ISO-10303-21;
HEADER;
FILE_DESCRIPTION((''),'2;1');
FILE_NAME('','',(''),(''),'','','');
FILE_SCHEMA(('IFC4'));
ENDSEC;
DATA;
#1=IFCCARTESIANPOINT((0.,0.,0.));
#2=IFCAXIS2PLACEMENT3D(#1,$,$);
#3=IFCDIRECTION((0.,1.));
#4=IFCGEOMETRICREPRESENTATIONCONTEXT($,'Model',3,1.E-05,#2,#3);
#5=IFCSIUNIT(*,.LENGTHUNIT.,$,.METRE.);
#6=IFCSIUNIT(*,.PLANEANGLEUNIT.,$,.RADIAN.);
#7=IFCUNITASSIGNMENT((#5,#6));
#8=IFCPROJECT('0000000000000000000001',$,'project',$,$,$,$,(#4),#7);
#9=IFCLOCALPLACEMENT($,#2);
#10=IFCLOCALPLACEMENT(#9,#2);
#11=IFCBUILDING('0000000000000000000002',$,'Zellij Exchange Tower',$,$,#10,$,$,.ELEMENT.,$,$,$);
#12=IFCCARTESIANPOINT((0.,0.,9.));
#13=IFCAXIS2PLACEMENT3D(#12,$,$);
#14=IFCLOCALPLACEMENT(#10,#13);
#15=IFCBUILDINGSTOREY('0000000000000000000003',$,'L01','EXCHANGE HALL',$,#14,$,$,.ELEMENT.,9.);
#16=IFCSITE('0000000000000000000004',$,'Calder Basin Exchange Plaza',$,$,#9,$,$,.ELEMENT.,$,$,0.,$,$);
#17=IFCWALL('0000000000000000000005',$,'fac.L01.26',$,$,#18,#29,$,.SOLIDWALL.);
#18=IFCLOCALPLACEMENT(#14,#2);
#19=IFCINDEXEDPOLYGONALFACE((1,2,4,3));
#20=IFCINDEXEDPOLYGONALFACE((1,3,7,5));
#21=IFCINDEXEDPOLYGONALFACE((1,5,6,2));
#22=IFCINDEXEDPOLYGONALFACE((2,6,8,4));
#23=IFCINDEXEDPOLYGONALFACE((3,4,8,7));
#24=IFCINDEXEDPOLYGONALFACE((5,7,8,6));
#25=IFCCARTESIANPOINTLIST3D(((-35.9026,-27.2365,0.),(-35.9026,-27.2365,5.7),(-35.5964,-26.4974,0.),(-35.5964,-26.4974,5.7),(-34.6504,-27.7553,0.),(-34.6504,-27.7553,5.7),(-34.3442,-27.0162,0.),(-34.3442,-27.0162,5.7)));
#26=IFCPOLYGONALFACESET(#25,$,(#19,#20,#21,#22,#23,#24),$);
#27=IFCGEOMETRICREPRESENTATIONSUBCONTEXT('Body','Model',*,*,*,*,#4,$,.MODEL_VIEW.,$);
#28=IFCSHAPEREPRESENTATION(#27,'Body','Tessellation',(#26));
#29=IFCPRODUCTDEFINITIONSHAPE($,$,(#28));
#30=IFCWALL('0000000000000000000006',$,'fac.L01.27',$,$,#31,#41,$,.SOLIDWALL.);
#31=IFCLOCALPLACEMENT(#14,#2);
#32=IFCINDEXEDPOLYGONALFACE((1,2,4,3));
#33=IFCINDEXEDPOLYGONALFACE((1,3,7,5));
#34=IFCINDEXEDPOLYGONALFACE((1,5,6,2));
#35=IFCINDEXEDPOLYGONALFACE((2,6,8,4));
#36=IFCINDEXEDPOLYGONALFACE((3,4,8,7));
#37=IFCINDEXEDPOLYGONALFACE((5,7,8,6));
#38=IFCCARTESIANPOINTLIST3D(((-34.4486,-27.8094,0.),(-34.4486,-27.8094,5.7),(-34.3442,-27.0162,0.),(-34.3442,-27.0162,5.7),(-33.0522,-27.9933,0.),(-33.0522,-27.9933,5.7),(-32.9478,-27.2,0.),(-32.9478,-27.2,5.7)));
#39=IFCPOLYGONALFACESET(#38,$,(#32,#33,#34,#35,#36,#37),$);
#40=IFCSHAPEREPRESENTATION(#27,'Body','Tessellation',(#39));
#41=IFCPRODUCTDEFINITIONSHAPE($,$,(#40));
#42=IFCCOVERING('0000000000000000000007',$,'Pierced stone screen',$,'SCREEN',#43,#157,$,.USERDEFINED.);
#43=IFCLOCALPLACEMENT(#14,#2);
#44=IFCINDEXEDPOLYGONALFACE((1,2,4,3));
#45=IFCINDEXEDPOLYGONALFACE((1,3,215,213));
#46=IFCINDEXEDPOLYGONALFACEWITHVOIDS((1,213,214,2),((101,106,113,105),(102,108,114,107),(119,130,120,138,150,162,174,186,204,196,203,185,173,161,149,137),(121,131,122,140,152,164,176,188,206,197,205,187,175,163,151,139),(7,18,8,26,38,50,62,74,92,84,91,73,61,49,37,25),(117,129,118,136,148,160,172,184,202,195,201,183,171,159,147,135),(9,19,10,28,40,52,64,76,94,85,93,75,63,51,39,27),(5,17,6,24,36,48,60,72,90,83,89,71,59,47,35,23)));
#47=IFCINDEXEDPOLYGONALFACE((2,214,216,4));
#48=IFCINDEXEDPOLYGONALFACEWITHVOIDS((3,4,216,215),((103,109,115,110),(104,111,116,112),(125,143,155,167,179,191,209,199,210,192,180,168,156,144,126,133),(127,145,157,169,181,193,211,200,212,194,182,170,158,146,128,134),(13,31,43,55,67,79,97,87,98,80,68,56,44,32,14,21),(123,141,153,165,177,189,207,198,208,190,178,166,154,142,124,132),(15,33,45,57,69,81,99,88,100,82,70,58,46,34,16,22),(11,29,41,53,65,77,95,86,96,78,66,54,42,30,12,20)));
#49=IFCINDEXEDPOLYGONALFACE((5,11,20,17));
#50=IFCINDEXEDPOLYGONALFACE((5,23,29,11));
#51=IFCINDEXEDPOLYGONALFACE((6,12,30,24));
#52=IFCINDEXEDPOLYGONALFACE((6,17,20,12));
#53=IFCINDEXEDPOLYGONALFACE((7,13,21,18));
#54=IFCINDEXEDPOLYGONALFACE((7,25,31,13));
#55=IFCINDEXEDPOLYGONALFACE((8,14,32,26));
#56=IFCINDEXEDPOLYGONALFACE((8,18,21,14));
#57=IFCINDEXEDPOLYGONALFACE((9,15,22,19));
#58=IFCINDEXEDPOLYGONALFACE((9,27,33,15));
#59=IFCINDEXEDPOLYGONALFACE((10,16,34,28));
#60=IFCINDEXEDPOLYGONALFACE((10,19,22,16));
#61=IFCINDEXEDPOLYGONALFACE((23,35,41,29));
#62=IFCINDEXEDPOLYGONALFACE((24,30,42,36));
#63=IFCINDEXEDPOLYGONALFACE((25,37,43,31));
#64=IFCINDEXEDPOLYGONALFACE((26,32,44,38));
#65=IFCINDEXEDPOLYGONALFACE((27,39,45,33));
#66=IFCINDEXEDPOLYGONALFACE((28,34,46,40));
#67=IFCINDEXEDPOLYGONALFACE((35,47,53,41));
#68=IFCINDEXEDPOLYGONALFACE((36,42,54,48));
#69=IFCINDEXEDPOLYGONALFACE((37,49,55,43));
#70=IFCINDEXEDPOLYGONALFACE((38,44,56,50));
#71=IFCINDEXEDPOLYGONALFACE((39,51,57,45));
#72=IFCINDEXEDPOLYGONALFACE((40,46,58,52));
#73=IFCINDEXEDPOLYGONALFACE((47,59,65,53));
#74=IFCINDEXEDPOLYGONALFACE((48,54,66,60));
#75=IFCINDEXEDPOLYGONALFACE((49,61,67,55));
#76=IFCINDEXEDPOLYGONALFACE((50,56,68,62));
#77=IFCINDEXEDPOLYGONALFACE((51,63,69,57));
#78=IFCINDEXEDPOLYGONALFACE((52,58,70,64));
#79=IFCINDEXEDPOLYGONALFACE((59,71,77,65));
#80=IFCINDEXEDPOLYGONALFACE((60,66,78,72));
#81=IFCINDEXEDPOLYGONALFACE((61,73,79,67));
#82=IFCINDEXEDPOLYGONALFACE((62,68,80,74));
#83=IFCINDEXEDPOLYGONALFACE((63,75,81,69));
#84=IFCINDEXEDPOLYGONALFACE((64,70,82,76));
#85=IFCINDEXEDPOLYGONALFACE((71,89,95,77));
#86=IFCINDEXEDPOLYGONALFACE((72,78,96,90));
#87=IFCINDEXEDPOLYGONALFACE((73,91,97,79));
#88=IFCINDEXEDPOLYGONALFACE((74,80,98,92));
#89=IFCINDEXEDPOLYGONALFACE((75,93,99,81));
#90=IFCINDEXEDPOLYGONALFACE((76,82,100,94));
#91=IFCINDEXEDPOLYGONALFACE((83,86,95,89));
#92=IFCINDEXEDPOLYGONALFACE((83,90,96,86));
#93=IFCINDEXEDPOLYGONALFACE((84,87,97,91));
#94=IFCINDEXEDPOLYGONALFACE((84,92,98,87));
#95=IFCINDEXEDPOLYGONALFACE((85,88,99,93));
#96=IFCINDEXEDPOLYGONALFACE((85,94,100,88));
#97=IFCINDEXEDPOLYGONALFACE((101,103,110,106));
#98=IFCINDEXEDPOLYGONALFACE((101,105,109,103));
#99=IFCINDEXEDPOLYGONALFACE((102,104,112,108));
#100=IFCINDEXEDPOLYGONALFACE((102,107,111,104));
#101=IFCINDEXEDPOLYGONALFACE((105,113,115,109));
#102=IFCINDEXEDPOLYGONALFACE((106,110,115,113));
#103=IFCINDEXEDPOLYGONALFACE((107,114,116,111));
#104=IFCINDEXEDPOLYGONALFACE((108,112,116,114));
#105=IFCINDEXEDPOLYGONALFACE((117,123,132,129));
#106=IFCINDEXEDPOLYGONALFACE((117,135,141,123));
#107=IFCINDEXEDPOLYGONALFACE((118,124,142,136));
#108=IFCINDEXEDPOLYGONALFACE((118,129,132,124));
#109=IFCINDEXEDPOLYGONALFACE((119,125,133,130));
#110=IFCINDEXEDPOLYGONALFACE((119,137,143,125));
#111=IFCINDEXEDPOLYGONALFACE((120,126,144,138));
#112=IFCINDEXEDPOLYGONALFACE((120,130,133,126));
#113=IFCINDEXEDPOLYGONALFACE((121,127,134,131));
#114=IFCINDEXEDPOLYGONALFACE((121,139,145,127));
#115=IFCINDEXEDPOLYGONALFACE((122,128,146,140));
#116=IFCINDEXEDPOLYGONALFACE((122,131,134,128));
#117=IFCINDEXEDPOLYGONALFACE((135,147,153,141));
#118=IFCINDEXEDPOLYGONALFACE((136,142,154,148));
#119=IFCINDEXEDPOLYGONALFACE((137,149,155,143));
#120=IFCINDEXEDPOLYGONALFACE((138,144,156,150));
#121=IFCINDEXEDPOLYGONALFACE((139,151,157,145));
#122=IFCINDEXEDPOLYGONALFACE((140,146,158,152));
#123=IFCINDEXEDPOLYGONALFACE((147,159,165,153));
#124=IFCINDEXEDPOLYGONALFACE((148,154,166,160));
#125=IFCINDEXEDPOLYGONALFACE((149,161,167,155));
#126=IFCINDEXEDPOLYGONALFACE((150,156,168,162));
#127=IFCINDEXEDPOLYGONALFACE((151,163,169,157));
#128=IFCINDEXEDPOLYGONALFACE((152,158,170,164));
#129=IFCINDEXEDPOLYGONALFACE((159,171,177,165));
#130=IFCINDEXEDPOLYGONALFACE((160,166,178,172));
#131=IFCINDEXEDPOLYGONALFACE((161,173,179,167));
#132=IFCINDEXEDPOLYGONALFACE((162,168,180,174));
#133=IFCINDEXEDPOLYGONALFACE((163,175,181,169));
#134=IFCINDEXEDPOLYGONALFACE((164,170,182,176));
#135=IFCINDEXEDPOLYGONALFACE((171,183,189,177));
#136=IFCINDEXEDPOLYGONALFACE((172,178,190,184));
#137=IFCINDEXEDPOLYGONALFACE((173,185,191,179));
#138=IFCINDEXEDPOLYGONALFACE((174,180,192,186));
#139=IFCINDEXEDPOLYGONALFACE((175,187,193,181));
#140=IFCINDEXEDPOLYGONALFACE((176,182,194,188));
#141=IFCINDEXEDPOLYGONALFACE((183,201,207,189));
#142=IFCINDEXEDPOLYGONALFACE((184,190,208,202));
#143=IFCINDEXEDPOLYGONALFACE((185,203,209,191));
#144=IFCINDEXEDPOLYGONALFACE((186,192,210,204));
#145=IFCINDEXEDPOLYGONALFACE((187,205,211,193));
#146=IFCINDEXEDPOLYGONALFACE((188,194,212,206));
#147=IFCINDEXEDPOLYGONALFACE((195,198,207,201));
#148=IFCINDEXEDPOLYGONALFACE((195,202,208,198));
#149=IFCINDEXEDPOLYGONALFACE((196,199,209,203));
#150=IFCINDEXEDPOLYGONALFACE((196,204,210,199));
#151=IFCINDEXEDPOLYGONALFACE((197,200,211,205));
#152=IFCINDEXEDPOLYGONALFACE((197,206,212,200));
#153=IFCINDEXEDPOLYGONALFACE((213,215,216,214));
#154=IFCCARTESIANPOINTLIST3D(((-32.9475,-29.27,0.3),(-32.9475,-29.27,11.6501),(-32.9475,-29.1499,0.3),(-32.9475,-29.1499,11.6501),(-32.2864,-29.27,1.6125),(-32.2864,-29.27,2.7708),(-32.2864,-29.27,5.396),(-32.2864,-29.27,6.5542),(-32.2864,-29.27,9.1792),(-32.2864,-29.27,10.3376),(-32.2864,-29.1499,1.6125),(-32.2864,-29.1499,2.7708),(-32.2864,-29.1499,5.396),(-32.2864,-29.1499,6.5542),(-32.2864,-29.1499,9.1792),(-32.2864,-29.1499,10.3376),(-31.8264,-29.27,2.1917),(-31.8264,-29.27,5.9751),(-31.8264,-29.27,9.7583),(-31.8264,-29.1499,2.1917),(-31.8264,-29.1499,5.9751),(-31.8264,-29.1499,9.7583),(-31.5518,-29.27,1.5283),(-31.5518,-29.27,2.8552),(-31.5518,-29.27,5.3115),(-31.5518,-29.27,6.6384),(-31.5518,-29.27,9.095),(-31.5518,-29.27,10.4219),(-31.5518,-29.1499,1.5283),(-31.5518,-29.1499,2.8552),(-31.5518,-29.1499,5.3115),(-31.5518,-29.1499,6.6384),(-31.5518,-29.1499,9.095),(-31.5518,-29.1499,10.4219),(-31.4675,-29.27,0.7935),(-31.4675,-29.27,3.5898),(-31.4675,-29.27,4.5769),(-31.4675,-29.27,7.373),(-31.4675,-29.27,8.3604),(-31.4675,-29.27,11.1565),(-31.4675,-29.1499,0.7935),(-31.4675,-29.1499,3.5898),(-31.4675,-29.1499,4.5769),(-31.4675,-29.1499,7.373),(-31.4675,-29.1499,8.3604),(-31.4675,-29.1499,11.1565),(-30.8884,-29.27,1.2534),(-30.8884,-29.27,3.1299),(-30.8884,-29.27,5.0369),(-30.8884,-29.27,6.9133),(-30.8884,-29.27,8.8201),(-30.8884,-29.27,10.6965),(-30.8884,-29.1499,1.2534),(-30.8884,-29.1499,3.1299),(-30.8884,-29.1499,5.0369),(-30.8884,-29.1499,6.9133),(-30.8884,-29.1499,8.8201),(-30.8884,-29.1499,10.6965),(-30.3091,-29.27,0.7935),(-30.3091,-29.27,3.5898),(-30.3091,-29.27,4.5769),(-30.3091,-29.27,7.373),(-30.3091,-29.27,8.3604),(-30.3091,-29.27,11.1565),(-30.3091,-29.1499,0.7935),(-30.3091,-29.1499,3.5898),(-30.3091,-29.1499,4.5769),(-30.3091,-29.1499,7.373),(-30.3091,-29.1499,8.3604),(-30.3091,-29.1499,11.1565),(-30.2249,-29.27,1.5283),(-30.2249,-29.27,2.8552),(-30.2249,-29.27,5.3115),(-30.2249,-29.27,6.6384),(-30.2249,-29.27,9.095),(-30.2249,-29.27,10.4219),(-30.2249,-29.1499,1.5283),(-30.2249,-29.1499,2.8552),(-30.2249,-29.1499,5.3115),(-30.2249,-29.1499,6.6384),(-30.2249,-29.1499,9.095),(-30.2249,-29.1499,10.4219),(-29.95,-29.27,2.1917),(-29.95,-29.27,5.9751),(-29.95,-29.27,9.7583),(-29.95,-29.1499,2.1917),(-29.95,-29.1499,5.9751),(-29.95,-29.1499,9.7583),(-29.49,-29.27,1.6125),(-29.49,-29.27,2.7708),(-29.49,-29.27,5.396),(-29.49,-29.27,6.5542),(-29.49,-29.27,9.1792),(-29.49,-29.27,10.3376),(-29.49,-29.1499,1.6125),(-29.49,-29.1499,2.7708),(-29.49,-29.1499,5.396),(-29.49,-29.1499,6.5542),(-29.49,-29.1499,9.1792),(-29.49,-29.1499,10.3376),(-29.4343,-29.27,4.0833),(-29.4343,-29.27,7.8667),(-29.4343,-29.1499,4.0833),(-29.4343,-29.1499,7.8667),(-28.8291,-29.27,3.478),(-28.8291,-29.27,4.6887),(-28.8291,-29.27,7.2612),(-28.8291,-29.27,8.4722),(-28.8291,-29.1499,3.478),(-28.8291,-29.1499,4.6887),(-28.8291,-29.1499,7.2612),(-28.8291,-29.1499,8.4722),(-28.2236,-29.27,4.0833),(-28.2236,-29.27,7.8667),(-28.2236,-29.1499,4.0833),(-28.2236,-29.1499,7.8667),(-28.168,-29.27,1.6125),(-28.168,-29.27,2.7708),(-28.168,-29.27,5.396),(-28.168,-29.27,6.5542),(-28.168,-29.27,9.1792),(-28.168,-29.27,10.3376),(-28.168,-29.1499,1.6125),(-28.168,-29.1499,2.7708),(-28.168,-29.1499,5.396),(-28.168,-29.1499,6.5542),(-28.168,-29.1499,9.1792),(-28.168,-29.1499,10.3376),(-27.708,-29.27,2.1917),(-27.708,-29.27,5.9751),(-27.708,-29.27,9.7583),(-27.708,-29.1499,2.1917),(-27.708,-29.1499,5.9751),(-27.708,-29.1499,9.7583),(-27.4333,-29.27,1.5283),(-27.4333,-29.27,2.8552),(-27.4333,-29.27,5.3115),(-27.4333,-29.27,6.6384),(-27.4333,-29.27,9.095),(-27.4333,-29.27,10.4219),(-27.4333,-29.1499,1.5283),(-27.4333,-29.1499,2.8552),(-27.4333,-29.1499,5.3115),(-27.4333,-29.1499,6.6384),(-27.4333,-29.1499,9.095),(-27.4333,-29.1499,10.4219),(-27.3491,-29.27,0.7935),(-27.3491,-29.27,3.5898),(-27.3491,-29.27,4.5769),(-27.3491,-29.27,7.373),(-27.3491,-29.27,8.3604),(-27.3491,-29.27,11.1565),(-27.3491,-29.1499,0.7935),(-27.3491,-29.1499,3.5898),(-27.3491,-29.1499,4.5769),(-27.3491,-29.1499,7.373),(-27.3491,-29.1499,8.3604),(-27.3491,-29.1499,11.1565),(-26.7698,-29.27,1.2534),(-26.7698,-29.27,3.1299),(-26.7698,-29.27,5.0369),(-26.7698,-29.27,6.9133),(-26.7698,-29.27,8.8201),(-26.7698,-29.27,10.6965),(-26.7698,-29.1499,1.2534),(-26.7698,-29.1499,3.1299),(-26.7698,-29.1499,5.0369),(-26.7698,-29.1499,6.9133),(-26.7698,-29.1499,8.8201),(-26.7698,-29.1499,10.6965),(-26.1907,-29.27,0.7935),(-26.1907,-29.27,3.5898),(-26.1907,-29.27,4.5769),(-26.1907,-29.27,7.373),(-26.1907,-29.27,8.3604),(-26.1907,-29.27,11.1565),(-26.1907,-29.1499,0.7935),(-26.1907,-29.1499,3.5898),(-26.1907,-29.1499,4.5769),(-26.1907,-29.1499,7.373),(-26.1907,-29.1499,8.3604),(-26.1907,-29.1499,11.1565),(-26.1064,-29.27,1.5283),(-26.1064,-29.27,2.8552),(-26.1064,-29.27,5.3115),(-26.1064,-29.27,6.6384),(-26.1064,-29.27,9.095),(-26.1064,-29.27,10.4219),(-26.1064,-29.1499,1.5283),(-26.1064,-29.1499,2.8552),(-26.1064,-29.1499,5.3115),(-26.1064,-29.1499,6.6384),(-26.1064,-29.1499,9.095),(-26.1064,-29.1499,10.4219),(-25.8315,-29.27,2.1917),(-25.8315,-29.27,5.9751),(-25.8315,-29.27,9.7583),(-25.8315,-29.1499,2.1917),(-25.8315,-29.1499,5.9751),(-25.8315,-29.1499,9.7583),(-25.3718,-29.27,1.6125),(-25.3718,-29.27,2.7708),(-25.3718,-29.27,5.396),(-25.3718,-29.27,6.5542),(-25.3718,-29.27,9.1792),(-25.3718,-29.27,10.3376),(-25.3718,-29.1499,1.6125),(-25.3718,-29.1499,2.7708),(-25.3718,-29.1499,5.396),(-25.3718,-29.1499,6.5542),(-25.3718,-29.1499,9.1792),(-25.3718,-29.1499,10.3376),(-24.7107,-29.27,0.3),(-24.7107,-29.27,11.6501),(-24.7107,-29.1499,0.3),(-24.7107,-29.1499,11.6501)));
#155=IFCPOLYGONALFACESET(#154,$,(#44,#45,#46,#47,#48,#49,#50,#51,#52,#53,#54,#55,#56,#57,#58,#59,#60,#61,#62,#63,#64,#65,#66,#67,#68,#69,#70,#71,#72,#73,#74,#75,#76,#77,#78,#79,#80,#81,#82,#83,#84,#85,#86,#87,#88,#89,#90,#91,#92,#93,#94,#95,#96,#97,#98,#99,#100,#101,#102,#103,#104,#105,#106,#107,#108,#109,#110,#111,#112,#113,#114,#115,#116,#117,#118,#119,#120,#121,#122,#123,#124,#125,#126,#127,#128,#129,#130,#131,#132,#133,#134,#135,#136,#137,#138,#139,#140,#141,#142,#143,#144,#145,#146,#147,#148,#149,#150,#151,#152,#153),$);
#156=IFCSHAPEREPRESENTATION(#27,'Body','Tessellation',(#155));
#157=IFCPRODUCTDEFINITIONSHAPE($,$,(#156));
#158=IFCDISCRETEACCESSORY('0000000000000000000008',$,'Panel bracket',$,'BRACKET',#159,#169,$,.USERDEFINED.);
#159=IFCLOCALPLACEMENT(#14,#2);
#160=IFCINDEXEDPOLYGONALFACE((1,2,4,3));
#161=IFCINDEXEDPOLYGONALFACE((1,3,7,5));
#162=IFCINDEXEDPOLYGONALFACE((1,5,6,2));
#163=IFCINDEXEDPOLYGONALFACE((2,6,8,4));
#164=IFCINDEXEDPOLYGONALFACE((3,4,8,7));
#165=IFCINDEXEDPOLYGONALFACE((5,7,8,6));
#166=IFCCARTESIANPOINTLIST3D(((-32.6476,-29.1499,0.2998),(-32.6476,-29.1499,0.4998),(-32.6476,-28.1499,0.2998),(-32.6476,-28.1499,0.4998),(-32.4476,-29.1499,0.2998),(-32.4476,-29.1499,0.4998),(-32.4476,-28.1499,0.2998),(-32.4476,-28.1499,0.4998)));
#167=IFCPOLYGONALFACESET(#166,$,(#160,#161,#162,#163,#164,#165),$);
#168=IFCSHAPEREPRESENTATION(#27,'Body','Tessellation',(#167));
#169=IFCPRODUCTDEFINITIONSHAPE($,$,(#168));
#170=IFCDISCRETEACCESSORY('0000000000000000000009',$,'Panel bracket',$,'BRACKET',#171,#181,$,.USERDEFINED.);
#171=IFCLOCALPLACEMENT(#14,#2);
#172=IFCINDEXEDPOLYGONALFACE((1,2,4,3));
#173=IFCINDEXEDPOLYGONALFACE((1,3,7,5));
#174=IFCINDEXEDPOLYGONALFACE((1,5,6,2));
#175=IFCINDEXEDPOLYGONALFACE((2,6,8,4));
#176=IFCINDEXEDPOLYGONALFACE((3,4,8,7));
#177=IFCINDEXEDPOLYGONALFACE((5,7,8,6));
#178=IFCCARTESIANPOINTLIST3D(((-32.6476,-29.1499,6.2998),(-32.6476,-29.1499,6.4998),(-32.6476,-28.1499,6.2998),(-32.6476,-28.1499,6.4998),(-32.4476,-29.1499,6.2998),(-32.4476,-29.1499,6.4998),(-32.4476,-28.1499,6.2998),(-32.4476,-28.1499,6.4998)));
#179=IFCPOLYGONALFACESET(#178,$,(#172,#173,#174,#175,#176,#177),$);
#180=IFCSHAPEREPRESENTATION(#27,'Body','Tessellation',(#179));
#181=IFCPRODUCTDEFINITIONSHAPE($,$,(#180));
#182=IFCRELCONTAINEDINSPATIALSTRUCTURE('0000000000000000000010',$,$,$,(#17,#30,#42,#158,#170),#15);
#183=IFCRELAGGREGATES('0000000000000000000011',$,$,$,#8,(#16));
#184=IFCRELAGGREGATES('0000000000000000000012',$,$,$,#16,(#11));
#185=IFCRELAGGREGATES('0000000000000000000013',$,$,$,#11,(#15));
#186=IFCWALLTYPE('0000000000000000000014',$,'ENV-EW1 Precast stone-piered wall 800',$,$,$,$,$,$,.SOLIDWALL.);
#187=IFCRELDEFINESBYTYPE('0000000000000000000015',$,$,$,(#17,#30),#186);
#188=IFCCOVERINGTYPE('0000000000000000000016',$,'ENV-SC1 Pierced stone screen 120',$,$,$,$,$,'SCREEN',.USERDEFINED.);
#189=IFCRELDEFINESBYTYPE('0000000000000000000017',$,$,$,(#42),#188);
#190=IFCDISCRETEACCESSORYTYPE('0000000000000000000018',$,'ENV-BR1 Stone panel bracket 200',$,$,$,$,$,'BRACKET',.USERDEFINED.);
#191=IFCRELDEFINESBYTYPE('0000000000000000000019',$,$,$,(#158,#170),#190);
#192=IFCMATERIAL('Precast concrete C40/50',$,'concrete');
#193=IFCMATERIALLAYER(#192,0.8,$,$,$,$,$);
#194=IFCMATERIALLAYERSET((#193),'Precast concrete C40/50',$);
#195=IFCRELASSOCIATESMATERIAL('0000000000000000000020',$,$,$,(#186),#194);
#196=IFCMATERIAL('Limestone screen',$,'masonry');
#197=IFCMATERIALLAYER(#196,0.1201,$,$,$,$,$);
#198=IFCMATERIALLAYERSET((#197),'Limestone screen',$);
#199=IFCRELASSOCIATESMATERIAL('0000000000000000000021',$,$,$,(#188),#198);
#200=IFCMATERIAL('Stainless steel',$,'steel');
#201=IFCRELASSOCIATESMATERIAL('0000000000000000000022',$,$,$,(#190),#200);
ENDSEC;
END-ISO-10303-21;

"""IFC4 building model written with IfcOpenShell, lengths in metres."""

from ifc_helpers import new_model, si_unit, direction, frame, frame_2d, origin, origin_2d, place, context, subcontext, project, spatial, polyline, rectangle, outline, extrude, material, layer, layer_set, type_object, element, save


model = new_model("IFC4")

# Units and contexts
model_context = context("Model", 3, precision=1e-05, world=origin(), true_north=direction((0.0, 1.0)))
body_context = subcontext(model_context, "Body", "Model", "MODEL_VIEW")
ifc_project = project(units=[si_unit("LENGTHUNIT", "METRE"), si_unit("PLANEANGLEUNIT", "RADIAN")], contexts=[model_context])

# Site, building, storey
site_placement = place(None, origin())
site = spatial("IfcSite", under=ifc_project, at=site_placement, Name="Calder Basin Exchange Plaza", CompositionType="ELEMENT", RefElevation=0.0)
building_placement = place(site_placement, origin())
building = spatial("IfcBuilding", under=site, at=building_placement, Name="Zellij Exchange Tower", CompositionType="ELEMENT")
storey_placement = place(building_placement, frame((0.0, 0.0, 9.0)))
storey = spatial("IfcBuildingStorey", under=building, at=storey_placement, Name="L01", Description="EXCHANGE HALL", CompositionType="ELEMENT", Elevation=9.0)

# Shared definitions
ifc_material_1 = material(Name="Precast concrete C40/50", Category="concrete")
ifc_layer_1 = layer(ifc_material_1, 0.8)
ifc_layer_set_1 = layer_set([ifc_layer_1], Name="Precast concrete C40/50")
wall_type = type_object("IfcWallType", Name="ENV-EW1 Precast stone-piered wall 800", PredefinedType="SOLIDWALL", material=ifc_layer_set_1)

# Walls
wall_1_placement = place(storey_placement, frame((-35.7495, -26.8669, 0.0), z_axis=(0.0, 0.0, 1.0), x_axis=(0.923848, -0.38276, 0.0)))
element("IfcWall", 1, at=wall_1_placement, inside=storey, type_object=wall_type, Name="fac.L01.26", PredefinedType="SOLIDWALL", context=body_context, shape_type="SweptSolid", body=[
    extrude(rectangle(XDim=1.3555, YDim=0.8, at=frame_2d((0.6777, 0.0))), origin(), (0.0, 0.0, 1.0), 5.7),
])
wall_2_placement = place(storey_placement, frame((-34.3962, -27.4128, 0.0), z_axis=(0.0, 0.0, 1.0), x_axis=(0.991446, -0.130517, 0.0)))
element("IfcWall", 2, at=wall_2_placement, inside=storey, type_object=wall_type, Name="fac.L01.27", PredefinedType="SOLIDWALL", context=body_context, shape_type="SweptSolid", body=[
    extrude(rectangle(XDim=1.4084, YDim=0.8, at=frame_2d((0.7041, 0.0))), origin(), (0.0, 0.0, 1.0), 5.7),
])

# Covering
ifc_material_2 = material(Name="Limestone screen", Category="masonry")
ifc_layer_2 = layer(ifc_material_2, 0.1201)
ifc_layer_set_2 = layer_set([ifc_layer_2], Name="Limestone screen")
covering_type = type_object("IfcCoveringType", Name="ENV-SC1 Pierced stone screen 120", ElementType="SCREEN", PredefinedType="USERDEFINED", material=ifc_layer_set_2)
covering_placement = place(storey_placement, frame((-32.9475, -29.21, 0.3), z_axis=(0.0, 0.0, 1.0), x_axis=(1.0, 0.0, 0.0)))
element("IfcCovering", 3, at=covering_placement, inside=storey, type_object=covering_type, Name="Pierced stone screen", ObjectType="SCREEN", PredefinedType="USERDEFINED", context=body_context, shape_type="SweptSolid", body=[
    extrude(outline(polyline([(0.0, 0.0), (8.2368, 0.0), (8.2368, 11.3501), (0.0, 11.3501), (0.0, 0.0)]), holes=[polyline([(3.4575, 2.4707), (2.7227, 2.5552), (2.6384, 3.2898), (2.0591, 2.8298), (1.48, 3.2898), (1.3958, 2.5552), (0.6611, 2.4707), (1.1211, 1.8916), (0.6611, 1.3125), (1.3958, 1.2283), (1.48, 0.4934), (2.0591, 0.9534), (2.6384, 0.4934), (2.7227, 1.2283), (3.4575, 1.3125), (2.9976, 1.8916), (3.4575, 2.4707)]), polyline([(3.4575, 6.2542), (2.7227, 6.3384), (2.6384, 7.073), (2.0591, 6.6133), (1.48, 7.073), (1.3958, 6.3384), (0.6611, 6.2542), (1.1211, 5.675), (0.6611, 5.0959), (1.3958, 5.0115), (1.48, 4.2769), (2.0591, 4.7368), (2.6384, 4.2769), (2.7227, 5.0115), (3.4575, 5.0959), (2.9976, 5.675), (3.4575, 6.2542)]), polyline([(3.4575, 10.0376), (2.7227, 10.1218), (2.6384, 10.8564), (2.0591, 10.3965), (1.48, 10.8564), (1.3958, 10.1218), (0.6611, 10.0376), (1.1211, 9.4583), (0.6611, 8.8792), (1.3958, 8.7949), (1.48, 8.0603), (2.0591, 8.52), (2.6384, 8.0603), (2.7227, 8.7949), (3.4575, 8.8792), (2.9976, 9.4583), (3.4575, 10.0376)]), polyline([(7.5757, 2.4707), (6.8411, 2.5552), (6.7568, 3.2898), (6.1777, 2.8298), (5.5984, 3.2898), (5.5142, 2.5552), (4.7795, 2.4707), (5.2395, 1.8916), (4.7795, 1.3125), (5.5142, 1.2283), (5.5984, 0.4934), (6.1777, 0.9534), (6.7568, 0.4934), (6.8411, 1.2283), (7.5757, 1.3125), (7.116, 1.8916), (7.5757, 2.4707)]), polyline([(7.5757, 6.2542), (6.8411, 6.3384), (6.7568, 7.073), (6.1777, 6.6133), (5.5984, 7.073), (5.5142, 6.3384), (4.7795, 6.2542), (5.2395, 5.675), (4.7795, 5.0959), (5.5142, 5.0115), (5.5984, 4.2769), (6.1777, 4.7368), (6.7568, 4.2769), (6.8411, 5.0115), (7.5757, 5.0959), (7.116, 5.675), (7.5757, 6.2542)]), polyline([(7.5757, 10.0376), (6.8411, 10.1218), (6.7568, 10.8564), (6.1777, 10.3965), (5.5984, 10.8564), (5.5142, 10.1218), (4.7795, 10.0376), (5.2395, 9.4583), (4.7795, 8.8792), (5.5142, 8.7949), (5.5984, 8.0603), (6.1777, 8.52), (6.7568, 8.0603), (6.8411, 8.7949), (7.5757, 8.8792), (7.116, 9.4583), (7.5757, 10.0376)]), polyline([(4.7239, 3.7832), (4.1184, 4.3887), (3.5132, 3.7832), (4.1184, 3.178), (4.7239, 3.7832)]), polyline([(4.7239, 7.5667), (4.1184, 8.1721), (3.5132, 7.5667), (4.1184, 6.9612), (4.7239, 7.5667)])]), frame((0.0, 0.0601, 0.0), z_axis=(0.0, -1.0, 0.0), x_axis=(1.0, 0.0, 0.0)), (0.0, 0.0, 1.0), 0.1201),
])

# Discrete accessories
ifc_material_3 = material(Name="Stainless steel", Category="steel")
discrete_accessory_type = type_object("IfcDiscreteAccessoryType", Name="ENV-BR1 Stone panel bracket 200", ElementType="BRACKET", PredefinedType="USERDEFINED", material=ifc_material_3)
for number, where, z_axis, x_axis, name in (
    (4, (-32.5476, -28.6499, 0.2998), (0.0, 0.0, 1.0), (1.0, 0.0, 0.0), "Panel bracket"),
    (5, (-32.5476, -28.6499, 6.2998), (0.0, 0.0, 1.0), (1.0, 0.0, 0.0), "Panel bracket"),
):
    element("IfcDiscreteAccessory", number, at=place(storey_placement, frame(where, z_axis=z_axis, x_axis=x_axis)), inside=storey, type_object=discrete_accessory_type, Name=name, ObjectType="BRACKET", PredefinedType="USERDEFINED", context=body_context, shape_type="SweptSolid", body=[
        extrude(rectangle(XDim=0.2, YDim=1.0, at=origin_2d()), origin(), (0.0, 0.0, 1.0), 0.2),
    ])

save(model, "model.ifc")
